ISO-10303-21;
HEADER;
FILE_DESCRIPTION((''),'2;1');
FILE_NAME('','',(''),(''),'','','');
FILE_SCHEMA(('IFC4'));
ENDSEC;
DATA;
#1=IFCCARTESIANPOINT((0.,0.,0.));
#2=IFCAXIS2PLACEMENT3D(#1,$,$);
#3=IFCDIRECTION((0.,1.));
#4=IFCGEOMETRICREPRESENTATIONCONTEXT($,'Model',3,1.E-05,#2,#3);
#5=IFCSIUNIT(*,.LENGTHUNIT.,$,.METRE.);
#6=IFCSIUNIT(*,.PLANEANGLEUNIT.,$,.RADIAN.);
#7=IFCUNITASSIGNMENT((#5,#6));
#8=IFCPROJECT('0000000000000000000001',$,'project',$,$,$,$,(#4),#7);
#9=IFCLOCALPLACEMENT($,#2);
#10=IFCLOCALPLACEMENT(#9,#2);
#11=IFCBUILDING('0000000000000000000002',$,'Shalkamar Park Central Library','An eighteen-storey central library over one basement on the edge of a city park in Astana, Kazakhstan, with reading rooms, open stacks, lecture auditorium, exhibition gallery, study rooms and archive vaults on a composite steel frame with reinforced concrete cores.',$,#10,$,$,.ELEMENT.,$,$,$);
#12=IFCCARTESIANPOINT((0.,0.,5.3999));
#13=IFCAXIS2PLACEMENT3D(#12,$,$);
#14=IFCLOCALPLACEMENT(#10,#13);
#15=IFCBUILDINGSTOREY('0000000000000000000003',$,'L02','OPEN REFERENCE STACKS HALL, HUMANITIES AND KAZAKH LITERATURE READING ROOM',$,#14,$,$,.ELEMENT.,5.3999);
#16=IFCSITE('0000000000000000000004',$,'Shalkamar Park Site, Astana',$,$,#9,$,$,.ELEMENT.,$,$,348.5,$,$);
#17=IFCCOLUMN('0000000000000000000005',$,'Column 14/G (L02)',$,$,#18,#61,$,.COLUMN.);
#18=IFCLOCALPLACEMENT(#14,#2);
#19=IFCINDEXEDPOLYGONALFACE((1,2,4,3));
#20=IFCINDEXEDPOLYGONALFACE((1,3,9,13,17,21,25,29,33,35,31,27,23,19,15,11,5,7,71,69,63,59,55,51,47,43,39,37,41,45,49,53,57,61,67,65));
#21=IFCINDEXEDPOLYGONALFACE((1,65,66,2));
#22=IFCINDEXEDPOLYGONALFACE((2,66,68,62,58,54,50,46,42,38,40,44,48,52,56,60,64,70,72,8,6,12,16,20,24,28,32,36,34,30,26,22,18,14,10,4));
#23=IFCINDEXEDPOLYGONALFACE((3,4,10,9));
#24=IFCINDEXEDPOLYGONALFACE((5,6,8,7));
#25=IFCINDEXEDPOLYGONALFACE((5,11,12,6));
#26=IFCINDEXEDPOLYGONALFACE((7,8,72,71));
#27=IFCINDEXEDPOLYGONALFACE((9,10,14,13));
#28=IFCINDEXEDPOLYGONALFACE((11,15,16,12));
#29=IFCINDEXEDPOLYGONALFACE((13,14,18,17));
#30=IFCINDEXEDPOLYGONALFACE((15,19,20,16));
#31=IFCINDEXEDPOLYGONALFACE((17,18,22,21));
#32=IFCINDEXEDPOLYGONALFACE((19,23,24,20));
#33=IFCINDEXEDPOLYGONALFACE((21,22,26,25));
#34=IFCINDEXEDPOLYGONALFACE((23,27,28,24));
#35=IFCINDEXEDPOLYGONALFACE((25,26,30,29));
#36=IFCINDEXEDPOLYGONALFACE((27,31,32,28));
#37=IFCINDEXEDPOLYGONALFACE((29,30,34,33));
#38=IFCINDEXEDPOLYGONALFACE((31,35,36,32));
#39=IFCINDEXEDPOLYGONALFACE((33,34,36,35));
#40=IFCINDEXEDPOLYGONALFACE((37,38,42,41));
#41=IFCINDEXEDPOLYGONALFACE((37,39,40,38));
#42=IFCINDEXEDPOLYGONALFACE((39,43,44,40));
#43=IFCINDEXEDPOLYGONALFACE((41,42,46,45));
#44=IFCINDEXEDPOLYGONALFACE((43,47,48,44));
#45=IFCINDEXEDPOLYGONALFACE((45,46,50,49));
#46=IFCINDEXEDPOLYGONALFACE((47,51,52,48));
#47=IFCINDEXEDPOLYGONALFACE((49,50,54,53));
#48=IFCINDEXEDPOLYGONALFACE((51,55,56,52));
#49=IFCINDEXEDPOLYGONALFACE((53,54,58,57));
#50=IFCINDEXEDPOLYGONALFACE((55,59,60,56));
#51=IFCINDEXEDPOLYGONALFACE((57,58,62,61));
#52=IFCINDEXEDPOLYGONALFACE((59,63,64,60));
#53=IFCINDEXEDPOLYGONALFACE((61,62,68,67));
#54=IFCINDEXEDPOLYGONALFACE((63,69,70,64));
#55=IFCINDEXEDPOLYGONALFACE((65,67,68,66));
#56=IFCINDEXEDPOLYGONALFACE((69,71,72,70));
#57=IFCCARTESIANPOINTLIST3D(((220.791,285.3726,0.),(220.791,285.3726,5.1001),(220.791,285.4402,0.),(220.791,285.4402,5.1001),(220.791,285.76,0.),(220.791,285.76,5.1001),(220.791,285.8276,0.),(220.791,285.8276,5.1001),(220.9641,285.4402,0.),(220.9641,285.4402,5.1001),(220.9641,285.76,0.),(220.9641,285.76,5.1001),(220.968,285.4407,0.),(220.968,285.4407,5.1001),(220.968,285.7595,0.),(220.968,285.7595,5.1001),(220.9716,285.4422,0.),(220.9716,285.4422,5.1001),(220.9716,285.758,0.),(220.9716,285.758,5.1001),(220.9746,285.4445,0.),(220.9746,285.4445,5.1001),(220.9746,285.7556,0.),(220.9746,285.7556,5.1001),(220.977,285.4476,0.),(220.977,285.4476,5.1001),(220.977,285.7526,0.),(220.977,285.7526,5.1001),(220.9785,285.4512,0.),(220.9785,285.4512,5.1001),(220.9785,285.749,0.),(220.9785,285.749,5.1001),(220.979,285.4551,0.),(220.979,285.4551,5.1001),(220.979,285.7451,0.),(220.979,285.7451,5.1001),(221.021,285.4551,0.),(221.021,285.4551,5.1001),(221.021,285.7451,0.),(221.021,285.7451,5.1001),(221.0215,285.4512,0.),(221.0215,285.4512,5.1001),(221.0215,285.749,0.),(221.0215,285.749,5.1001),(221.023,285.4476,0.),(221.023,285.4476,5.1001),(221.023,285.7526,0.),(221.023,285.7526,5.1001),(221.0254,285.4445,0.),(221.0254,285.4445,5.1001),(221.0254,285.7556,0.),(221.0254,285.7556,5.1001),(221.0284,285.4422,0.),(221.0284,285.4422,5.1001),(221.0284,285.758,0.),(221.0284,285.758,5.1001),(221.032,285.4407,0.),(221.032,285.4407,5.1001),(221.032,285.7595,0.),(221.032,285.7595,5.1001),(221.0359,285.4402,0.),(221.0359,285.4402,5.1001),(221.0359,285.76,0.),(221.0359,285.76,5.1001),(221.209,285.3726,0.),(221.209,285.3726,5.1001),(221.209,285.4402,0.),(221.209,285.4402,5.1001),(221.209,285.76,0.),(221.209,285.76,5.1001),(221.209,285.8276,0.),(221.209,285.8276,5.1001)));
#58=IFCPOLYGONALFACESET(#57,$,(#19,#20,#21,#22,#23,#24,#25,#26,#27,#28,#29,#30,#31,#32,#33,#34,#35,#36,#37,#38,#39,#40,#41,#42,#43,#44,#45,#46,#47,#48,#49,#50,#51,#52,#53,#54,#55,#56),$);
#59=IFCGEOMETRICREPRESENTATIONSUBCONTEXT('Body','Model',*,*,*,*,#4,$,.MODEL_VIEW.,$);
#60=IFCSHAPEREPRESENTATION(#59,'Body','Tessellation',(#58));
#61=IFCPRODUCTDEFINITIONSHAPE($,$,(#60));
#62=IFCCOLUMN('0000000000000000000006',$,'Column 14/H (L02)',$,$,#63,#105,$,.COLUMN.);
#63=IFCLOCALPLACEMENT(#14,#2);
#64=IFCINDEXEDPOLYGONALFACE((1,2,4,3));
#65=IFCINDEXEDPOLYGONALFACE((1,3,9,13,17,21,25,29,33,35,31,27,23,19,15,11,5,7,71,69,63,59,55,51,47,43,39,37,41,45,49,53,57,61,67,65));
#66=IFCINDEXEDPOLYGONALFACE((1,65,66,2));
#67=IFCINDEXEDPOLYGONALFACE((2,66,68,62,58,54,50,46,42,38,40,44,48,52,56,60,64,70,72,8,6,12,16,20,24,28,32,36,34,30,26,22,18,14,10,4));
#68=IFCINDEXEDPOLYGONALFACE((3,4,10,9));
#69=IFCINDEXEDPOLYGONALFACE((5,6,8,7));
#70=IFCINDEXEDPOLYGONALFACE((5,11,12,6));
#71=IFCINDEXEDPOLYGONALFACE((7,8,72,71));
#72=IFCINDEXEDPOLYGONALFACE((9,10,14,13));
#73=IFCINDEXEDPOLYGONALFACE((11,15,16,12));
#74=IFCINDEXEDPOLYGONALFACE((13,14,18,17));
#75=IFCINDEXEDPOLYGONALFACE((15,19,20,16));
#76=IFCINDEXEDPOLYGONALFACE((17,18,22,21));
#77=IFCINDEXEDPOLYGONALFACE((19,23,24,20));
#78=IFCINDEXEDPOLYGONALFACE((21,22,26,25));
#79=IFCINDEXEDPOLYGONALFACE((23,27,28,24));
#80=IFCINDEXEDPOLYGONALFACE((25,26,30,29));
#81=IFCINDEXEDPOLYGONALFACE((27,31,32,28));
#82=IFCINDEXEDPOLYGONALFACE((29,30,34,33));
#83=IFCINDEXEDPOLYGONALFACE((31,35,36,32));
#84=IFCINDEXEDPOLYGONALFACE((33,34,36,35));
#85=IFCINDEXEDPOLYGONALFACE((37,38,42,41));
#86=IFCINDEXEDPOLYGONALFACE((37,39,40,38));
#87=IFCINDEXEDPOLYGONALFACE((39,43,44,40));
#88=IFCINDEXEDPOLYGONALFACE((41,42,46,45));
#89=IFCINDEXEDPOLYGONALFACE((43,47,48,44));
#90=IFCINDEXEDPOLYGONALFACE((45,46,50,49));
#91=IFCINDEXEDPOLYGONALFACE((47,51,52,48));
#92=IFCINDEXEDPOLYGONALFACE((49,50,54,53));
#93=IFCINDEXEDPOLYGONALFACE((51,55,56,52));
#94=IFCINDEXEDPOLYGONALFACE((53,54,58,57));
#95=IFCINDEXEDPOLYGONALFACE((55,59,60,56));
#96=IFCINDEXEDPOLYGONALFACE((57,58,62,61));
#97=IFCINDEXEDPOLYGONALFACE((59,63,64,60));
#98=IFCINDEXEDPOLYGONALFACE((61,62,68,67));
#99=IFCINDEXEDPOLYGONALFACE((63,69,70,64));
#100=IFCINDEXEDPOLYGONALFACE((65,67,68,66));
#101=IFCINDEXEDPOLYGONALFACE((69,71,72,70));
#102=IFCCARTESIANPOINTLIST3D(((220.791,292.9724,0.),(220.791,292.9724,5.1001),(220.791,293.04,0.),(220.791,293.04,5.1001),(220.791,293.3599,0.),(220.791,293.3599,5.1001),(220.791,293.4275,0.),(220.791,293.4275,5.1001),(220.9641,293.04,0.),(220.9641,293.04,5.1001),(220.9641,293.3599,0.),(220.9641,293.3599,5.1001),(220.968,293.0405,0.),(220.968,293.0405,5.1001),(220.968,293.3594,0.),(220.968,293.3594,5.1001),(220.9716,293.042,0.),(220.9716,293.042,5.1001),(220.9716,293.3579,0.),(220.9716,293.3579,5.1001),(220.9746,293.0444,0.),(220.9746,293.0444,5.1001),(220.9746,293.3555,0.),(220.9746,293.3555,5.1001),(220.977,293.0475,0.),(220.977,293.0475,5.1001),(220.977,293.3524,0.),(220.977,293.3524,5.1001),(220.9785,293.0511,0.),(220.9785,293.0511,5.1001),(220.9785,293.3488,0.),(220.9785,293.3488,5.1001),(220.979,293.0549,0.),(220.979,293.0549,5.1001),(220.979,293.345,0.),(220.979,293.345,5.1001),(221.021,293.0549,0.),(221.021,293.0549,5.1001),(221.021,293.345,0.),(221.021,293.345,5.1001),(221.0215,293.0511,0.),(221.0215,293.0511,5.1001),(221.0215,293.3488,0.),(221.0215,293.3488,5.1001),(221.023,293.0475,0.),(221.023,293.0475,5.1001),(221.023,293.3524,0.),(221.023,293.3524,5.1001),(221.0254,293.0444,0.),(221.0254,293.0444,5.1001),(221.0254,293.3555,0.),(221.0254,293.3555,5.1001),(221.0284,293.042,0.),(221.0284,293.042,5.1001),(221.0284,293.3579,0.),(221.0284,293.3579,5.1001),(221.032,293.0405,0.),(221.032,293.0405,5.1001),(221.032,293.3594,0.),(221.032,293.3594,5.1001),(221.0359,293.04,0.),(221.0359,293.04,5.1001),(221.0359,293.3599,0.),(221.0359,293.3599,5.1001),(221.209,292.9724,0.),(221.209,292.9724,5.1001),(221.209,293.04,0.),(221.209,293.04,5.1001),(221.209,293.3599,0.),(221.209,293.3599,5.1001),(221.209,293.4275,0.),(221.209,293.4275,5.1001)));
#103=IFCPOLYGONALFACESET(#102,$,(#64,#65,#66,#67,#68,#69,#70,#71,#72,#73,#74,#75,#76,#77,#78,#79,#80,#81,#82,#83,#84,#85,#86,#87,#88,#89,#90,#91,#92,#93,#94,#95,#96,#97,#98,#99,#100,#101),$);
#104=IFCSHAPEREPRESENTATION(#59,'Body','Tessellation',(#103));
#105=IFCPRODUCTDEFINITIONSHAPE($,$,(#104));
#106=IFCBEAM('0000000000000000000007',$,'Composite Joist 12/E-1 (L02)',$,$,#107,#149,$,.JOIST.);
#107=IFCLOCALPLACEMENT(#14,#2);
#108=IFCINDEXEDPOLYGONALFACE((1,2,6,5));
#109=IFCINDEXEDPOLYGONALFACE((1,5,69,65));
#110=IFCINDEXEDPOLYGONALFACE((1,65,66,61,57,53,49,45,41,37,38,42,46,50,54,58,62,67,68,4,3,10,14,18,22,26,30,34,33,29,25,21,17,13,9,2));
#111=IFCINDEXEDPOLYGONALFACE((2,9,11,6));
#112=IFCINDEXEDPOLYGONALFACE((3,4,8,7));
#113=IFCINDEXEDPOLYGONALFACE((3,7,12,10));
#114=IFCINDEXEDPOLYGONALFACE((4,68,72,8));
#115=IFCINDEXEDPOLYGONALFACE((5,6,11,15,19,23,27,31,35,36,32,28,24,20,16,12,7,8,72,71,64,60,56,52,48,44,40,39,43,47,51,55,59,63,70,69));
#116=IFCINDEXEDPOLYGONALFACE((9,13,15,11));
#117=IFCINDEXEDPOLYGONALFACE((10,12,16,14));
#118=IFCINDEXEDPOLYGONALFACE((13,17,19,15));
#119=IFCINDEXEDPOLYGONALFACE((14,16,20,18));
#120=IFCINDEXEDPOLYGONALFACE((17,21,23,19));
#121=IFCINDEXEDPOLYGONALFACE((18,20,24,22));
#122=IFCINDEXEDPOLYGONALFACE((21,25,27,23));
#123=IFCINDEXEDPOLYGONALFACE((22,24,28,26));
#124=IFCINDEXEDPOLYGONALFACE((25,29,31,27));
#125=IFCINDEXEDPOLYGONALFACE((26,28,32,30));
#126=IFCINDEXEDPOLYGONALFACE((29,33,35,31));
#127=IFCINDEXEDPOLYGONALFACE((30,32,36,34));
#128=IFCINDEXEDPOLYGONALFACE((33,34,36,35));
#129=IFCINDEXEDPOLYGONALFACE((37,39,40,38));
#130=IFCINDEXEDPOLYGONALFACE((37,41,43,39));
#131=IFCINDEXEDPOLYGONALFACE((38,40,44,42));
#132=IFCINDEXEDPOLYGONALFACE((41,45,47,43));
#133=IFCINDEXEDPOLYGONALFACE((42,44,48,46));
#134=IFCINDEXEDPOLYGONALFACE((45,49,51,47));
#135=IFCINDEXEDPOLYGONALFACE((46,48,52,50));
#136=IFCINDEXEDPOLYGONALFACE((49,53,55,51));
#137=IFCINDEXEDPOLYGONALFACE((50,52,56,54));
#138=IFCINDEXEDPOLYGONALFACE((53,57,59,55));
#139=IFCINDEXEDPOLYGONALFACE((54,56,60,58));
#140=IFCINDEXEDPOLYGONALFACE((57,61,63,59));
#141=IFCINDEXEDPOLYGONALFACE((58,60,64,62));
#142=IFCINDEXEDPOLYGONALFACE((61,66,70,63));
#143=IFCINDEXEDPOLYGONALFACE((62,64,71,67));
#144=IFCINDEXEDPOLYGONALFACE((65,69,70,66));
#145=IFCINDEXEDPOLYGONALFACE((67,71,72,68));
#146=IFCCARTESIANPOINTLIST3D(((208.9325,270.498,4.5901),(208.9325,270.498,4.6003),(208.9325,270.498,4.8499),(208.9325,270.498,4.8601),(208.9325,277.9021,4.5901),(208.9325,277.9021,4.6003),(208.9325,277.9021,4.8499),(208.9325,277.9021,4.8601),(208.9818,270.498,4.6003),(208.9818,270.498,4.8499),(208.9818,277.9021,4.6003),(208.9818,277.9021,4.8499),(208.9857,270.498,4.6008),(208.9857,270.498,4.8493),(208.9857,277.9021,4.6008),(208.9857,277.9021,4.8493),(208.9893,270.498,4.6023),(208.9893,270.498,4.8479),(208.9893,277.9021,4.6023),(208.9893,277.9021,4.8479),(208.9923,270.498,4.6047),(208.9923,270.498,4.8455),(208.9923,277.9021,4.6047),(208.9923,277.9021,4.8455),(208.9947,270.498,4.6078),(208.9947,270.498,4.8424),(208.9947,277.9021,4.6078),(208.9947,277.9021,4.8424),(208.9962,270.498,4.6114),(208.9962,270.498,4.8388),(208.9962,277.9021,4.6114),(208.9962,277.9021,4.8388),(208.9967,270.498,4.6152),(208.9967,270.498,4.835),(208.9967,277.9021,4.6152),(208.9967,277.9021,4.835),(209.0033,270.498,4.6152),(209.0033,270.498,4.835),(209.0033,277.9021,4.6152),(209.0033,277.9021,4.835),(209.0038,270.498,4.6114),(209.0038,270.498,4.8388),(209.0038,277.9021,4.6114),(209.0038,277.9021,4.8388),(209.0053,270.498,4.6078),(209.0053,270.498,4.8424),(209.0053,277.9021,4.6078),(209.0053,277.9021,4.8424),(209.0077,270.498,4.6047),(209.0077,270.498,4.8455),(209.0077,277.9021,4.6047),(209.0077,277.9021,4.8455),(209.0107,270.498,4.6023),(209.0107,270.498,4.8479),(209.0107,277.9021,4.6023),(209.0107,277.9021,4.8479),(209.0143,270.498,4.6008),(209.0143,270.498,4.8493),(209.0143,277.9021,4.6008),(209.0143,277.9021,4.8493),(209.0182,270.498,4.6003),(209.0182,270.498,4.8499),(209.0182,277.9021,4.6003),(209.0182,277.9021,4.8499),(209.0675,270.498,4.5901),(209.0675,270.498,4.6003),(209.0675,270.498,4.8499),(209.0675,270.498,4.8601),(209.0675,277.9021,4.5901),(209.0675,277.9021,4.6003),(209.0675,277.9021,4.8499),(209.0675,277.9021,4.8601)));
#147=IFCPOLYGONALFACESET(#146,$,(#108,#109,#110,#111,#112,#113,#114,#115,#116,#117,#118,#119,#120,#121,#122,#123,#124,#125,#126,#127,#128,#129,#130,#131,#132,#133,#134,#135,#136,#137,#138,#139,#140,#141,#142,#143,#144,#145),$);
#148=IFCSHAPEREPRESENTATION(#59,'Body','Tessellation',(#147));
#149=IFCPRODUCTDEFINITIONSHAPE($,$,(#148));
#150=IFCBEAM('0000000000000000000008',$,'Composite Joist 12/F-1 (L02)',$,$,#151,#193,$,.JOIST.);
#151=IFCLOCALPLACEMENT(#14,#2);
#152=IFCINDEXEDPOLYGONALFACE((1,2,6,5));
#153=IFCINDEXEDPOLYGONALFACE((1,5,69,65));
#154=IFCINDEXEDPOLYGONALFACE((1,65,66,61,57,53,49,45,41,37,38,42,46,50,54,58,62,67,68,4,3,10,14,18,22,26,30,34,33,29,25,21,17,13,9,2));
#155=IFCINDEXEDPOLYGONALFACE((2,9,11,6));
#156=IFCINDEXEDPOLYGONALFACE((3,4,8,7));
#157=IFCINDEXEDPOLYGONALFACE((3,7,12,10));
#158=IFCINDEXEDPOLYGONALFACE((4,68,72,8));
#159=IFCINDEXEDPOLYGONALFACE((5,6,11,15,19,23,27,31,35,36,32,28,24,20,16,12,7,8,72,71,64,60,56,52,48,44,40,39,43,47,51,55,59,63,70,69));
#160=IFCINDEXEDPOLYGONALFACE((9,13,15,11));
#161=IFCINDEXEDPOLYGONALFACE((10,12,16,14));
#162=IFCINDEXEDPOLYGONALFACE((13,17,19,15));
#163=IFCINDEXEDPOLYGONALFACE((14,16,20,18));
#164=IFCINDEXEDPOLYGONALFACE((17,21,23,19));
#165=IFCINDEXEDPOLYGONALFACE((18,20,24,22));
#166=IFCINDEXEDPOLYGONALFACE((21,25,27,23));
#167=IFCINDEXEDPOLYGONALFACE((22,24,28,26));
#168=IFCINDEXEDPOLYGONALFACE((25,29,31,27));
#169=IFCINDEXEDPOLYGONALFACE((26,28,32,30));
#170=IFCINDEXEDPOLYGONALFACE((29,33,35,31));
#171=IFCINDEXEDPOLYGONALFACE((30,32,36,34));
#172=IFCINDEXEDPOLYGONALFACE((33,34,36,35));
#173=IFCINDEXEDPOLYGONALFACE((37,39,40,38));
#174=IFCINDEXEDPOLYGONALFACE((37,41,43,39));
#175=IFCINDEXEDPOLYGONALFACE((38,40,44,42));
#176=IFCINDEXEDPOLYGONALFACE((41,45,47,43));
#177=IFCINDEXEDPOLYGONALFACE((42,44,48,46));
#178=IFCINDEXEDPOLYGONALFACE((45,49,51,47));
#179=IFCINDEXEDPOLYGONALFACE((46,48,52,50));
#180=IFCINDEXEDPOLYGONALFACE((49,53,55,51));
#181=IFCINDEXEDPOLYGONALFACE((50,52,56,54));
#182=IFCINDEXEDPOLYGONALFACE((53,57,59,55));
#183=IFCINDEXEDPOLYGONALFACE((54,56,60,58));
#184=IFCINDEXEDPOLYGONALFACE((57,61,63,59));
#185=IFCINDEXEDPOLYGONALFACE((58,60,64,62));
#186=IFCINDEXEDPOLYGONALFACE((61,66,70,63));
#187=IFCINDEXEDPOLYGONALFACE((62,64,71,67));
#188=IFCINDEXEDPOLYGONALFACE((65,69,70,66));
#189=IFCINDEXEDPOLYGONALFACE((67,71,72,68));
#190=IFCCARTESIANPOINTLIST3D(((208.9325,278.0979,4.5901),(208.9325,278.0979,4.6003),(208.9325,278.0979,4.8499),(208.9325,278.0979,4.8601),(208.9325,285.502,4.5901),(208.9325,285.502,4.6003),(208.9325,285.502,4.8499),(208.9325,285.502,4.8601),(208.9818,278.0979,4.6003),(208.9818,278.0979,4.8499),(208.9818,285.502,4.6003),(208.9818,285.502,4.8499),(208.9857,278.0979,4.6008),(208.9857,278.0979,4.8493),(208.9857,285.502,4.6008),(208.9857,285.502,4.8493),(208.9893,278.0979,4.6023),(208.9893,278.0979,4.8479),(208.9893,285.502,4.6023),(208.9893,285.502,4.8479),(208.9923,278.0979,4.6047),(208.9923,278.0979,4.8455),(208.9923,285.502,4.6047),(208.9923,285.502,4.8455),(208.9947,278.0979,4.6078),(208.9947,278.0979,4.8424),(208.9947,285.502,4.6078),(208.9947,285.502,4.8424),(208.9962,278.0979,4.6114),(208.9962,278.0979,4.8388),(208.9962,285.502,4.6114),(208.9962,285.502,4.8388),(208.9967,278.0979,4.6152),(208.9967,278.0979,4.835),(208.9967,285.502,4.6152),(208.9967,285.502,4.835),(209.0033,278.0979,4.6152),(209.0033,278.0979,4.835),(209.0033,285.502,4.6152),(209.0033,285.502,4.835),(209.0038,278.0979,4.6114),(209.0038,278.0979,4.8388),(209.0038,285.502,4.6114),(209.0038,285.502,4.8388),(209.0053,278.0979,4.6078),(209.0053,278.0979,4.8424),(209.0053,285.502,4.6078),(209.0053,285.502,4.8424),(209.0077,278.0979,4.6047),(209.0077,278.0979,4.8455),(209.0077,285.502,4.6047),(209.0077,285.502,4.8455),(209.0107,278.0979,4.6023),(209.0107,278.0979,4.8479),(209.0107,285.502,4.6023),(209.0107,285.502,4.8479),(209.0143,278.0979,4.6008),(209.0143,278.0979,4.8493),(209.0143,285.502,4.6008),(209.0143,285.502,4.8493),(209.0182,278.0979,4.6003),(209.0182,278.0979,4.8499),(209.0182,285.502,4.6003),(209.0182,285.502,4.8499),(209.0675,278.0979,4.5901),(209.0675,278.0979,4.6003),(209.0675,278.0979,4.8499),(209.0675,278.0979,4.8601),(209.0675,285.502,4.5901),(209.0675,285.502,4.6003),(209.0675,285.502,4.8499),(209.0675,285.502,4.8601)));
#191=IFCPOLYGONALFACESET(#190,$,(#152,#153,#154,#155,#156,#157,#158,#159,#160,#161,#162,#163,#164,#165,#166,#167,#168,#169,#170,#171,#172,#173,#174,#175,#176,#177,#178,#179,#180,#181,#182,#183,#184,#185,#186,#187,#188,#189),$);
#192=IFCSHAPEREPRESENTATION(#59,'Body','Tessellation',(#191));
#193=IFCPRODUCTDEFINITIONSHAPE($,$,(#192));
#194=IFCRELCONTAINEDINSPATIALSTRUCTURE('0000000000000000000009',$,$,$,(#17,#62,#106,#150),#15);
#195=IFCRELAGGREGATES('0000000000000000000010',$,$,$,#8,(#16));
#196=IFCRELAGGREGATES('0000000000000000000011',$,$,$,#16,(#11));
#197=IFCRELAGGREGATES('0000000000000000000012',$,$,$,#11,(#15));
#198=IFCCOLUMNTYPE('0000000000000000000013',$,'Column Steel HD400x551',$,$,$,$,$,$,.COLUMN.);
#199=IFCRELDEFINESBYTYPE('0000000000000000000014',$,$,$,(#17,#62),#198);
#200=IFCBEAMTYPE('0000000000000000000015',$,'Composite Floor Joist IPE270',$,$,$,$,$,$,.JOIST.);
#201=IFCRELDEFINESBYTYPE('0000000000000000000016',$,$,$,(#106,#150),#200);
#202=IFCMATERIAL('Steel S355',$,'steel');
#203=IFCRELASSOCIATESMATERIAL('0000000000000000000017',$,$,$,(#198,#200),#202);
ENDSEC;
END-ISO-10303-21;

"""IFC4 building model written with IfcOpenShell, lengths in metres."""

from ifc_helpers import new_model, si_unit, direction, frame, origin, origin_2d, place, context, subcontext, project, spatial, i_section, extrude, material, material_profile, profile_set, type_object, element, save


model = new_model("IFC4")

# Units and contexts
model_context = context("Model", 3, precision=1e-05, world=origin(), true_north=direction((0.0, 1.0)))
body_context = subcontext(model_context, "Body", "Model", "MODEL_VIEW")
ifc_project = project(units=[si_unit("LENGTHUNIT", "METRE"), si_unit("PLANEANGLEUNIT", "RADIAN")], contexts=[model_context])

# Site, building, storey
site_placement = place(None, origin())
site = spatial("IfcSite", under=ifc_project, at=site_placement, Name="Shalkamar Park Site, Astana", CompositionType="ELEMENT", RefElevation=348.5)
building_placement = place(site_placement, origin())
building = spatial("IfcBuilding", under=site, at=building_placement, Name="Shalkamar Park Central Library", Description="An eighteen-storey central library over one basement on the edge of a city park in Astana, Kazakhstan, with reading rooms, open stacks, lecture auditorium, exhibition gallery, study rooms and archive vaults on a composite steel frame with reinforced concrete cores.", CompositionType="ELEMENT")
storey_placement = place(building_placement, frame((0.0, 0.0, 5.3999)))
storey = spatial("IfcBuildingStorey", under=building, at=storey_placement, Name="L02", Description="OPEN REFERENCE STACKS HALL, HUMANITIES AND KAZAKH LITERATURE READING ROOM", CompositionType="ELEMENT", Elevation=5.3999)

# Columns
ifc_material = material(Name="Steel S355", Category="steel")
ifc_material_profile_1 = material_profile(ifc_material, i_section(OverallWidth=0.418, OverallDepth=0.4551, WebThickness=0.042, FlangeThickness=0.0676, FilletRadius=0.0149, at=origin_2d()), Name="HD 400x551")
ifc_profile_set_1 = profile_set([ifc_material_profile_1], Name="Steel S355")
column_type = type_object("IfcColumnType", Name="Column Steel HD400x551", PredefinedType="COLUMN", material=ifc_profile_set_1)
for number, where, z_axis, x_axis, name in (
    (1, (221.0, 285.6001, 0.0), (0.0, 0.0, 1.0), (1.0, 0.0, 0.0), "Column 14/G (L02)"),
    (2, (221.0, 293.2, 0.0), (0.0, 0.0, 1.0), (1.0, 0.0, 0.0), "Column 14/H (L02)"),
):
    element("IfcColumn", number, at=place(storey_placement, frame(where, z_axis=z_axis, x_axis=x_axis)), inside=storey, type_object=column_type, Name=name, PredefinedType="COLUMN", context=body_context, shape_type="SweptSolid", body=[
        extrude(i_section(OverallWidth=0.418, OverallDepth=0.4551, WebThickness=0.042, FlangeThickness=0.0676, FilletRadius=0.0149, at=origin_2d()), origin(), (0.0, 0.0, 1.0), 5.1001),
    ])

# Beams
ifc_material_profile_2 = material_profile(ifc_material, i_section(OverallWidth=0.135, OverallDepth=0.27, WebThickness=0.0066, FlangeThickness=0.0103, FilletRadius=0.0149, at=origin_2d()), Name="IPE 270")
ifc_profile_set_2 = profile_set([ifc_material_profile_2], Name="Steel S355")
beam_type_1 = type_object("IfcBeamType", Name="Composite Floor Joist IPE270", PredefinedType="JOIST", material=ifc_profile_set_2)
for number, where, z_axis, x_axis, name in (
    (3, (209.0, 270.498, 4.7251), (0.0, 1.0, 0.0), (-1.0, 0.0, 0.0), "Composite Joist 12/E-1 (L02)"),
    (4, (209.0, 278.0979, 4.7251), (0.0, 1.0, 0.0), (-1.0, 0.0, 0.0), "Composite Joist 12/F-1 (L02)"),
):
    element("IfcBeam", number, at=place(storey_placement, frame(where, z_axis=z_axis, x_axis=x_axis)), inside=storey, type_object=beam_type_1, Name=name, PredefinedType="JOIST", context=body_context, shape_type="SweptSolid", body=[
        extrude(i_section(OverallWidth=0.135, OverallDepth=0.27, WebThickness=0.0066, FlangeThickness=0.0103, FilletRadius=0.0149, at=origin_2d()), origin(), (0.0, 0.0, 1.0), 7.4041),
    ])

save(model, "model.ifc")
